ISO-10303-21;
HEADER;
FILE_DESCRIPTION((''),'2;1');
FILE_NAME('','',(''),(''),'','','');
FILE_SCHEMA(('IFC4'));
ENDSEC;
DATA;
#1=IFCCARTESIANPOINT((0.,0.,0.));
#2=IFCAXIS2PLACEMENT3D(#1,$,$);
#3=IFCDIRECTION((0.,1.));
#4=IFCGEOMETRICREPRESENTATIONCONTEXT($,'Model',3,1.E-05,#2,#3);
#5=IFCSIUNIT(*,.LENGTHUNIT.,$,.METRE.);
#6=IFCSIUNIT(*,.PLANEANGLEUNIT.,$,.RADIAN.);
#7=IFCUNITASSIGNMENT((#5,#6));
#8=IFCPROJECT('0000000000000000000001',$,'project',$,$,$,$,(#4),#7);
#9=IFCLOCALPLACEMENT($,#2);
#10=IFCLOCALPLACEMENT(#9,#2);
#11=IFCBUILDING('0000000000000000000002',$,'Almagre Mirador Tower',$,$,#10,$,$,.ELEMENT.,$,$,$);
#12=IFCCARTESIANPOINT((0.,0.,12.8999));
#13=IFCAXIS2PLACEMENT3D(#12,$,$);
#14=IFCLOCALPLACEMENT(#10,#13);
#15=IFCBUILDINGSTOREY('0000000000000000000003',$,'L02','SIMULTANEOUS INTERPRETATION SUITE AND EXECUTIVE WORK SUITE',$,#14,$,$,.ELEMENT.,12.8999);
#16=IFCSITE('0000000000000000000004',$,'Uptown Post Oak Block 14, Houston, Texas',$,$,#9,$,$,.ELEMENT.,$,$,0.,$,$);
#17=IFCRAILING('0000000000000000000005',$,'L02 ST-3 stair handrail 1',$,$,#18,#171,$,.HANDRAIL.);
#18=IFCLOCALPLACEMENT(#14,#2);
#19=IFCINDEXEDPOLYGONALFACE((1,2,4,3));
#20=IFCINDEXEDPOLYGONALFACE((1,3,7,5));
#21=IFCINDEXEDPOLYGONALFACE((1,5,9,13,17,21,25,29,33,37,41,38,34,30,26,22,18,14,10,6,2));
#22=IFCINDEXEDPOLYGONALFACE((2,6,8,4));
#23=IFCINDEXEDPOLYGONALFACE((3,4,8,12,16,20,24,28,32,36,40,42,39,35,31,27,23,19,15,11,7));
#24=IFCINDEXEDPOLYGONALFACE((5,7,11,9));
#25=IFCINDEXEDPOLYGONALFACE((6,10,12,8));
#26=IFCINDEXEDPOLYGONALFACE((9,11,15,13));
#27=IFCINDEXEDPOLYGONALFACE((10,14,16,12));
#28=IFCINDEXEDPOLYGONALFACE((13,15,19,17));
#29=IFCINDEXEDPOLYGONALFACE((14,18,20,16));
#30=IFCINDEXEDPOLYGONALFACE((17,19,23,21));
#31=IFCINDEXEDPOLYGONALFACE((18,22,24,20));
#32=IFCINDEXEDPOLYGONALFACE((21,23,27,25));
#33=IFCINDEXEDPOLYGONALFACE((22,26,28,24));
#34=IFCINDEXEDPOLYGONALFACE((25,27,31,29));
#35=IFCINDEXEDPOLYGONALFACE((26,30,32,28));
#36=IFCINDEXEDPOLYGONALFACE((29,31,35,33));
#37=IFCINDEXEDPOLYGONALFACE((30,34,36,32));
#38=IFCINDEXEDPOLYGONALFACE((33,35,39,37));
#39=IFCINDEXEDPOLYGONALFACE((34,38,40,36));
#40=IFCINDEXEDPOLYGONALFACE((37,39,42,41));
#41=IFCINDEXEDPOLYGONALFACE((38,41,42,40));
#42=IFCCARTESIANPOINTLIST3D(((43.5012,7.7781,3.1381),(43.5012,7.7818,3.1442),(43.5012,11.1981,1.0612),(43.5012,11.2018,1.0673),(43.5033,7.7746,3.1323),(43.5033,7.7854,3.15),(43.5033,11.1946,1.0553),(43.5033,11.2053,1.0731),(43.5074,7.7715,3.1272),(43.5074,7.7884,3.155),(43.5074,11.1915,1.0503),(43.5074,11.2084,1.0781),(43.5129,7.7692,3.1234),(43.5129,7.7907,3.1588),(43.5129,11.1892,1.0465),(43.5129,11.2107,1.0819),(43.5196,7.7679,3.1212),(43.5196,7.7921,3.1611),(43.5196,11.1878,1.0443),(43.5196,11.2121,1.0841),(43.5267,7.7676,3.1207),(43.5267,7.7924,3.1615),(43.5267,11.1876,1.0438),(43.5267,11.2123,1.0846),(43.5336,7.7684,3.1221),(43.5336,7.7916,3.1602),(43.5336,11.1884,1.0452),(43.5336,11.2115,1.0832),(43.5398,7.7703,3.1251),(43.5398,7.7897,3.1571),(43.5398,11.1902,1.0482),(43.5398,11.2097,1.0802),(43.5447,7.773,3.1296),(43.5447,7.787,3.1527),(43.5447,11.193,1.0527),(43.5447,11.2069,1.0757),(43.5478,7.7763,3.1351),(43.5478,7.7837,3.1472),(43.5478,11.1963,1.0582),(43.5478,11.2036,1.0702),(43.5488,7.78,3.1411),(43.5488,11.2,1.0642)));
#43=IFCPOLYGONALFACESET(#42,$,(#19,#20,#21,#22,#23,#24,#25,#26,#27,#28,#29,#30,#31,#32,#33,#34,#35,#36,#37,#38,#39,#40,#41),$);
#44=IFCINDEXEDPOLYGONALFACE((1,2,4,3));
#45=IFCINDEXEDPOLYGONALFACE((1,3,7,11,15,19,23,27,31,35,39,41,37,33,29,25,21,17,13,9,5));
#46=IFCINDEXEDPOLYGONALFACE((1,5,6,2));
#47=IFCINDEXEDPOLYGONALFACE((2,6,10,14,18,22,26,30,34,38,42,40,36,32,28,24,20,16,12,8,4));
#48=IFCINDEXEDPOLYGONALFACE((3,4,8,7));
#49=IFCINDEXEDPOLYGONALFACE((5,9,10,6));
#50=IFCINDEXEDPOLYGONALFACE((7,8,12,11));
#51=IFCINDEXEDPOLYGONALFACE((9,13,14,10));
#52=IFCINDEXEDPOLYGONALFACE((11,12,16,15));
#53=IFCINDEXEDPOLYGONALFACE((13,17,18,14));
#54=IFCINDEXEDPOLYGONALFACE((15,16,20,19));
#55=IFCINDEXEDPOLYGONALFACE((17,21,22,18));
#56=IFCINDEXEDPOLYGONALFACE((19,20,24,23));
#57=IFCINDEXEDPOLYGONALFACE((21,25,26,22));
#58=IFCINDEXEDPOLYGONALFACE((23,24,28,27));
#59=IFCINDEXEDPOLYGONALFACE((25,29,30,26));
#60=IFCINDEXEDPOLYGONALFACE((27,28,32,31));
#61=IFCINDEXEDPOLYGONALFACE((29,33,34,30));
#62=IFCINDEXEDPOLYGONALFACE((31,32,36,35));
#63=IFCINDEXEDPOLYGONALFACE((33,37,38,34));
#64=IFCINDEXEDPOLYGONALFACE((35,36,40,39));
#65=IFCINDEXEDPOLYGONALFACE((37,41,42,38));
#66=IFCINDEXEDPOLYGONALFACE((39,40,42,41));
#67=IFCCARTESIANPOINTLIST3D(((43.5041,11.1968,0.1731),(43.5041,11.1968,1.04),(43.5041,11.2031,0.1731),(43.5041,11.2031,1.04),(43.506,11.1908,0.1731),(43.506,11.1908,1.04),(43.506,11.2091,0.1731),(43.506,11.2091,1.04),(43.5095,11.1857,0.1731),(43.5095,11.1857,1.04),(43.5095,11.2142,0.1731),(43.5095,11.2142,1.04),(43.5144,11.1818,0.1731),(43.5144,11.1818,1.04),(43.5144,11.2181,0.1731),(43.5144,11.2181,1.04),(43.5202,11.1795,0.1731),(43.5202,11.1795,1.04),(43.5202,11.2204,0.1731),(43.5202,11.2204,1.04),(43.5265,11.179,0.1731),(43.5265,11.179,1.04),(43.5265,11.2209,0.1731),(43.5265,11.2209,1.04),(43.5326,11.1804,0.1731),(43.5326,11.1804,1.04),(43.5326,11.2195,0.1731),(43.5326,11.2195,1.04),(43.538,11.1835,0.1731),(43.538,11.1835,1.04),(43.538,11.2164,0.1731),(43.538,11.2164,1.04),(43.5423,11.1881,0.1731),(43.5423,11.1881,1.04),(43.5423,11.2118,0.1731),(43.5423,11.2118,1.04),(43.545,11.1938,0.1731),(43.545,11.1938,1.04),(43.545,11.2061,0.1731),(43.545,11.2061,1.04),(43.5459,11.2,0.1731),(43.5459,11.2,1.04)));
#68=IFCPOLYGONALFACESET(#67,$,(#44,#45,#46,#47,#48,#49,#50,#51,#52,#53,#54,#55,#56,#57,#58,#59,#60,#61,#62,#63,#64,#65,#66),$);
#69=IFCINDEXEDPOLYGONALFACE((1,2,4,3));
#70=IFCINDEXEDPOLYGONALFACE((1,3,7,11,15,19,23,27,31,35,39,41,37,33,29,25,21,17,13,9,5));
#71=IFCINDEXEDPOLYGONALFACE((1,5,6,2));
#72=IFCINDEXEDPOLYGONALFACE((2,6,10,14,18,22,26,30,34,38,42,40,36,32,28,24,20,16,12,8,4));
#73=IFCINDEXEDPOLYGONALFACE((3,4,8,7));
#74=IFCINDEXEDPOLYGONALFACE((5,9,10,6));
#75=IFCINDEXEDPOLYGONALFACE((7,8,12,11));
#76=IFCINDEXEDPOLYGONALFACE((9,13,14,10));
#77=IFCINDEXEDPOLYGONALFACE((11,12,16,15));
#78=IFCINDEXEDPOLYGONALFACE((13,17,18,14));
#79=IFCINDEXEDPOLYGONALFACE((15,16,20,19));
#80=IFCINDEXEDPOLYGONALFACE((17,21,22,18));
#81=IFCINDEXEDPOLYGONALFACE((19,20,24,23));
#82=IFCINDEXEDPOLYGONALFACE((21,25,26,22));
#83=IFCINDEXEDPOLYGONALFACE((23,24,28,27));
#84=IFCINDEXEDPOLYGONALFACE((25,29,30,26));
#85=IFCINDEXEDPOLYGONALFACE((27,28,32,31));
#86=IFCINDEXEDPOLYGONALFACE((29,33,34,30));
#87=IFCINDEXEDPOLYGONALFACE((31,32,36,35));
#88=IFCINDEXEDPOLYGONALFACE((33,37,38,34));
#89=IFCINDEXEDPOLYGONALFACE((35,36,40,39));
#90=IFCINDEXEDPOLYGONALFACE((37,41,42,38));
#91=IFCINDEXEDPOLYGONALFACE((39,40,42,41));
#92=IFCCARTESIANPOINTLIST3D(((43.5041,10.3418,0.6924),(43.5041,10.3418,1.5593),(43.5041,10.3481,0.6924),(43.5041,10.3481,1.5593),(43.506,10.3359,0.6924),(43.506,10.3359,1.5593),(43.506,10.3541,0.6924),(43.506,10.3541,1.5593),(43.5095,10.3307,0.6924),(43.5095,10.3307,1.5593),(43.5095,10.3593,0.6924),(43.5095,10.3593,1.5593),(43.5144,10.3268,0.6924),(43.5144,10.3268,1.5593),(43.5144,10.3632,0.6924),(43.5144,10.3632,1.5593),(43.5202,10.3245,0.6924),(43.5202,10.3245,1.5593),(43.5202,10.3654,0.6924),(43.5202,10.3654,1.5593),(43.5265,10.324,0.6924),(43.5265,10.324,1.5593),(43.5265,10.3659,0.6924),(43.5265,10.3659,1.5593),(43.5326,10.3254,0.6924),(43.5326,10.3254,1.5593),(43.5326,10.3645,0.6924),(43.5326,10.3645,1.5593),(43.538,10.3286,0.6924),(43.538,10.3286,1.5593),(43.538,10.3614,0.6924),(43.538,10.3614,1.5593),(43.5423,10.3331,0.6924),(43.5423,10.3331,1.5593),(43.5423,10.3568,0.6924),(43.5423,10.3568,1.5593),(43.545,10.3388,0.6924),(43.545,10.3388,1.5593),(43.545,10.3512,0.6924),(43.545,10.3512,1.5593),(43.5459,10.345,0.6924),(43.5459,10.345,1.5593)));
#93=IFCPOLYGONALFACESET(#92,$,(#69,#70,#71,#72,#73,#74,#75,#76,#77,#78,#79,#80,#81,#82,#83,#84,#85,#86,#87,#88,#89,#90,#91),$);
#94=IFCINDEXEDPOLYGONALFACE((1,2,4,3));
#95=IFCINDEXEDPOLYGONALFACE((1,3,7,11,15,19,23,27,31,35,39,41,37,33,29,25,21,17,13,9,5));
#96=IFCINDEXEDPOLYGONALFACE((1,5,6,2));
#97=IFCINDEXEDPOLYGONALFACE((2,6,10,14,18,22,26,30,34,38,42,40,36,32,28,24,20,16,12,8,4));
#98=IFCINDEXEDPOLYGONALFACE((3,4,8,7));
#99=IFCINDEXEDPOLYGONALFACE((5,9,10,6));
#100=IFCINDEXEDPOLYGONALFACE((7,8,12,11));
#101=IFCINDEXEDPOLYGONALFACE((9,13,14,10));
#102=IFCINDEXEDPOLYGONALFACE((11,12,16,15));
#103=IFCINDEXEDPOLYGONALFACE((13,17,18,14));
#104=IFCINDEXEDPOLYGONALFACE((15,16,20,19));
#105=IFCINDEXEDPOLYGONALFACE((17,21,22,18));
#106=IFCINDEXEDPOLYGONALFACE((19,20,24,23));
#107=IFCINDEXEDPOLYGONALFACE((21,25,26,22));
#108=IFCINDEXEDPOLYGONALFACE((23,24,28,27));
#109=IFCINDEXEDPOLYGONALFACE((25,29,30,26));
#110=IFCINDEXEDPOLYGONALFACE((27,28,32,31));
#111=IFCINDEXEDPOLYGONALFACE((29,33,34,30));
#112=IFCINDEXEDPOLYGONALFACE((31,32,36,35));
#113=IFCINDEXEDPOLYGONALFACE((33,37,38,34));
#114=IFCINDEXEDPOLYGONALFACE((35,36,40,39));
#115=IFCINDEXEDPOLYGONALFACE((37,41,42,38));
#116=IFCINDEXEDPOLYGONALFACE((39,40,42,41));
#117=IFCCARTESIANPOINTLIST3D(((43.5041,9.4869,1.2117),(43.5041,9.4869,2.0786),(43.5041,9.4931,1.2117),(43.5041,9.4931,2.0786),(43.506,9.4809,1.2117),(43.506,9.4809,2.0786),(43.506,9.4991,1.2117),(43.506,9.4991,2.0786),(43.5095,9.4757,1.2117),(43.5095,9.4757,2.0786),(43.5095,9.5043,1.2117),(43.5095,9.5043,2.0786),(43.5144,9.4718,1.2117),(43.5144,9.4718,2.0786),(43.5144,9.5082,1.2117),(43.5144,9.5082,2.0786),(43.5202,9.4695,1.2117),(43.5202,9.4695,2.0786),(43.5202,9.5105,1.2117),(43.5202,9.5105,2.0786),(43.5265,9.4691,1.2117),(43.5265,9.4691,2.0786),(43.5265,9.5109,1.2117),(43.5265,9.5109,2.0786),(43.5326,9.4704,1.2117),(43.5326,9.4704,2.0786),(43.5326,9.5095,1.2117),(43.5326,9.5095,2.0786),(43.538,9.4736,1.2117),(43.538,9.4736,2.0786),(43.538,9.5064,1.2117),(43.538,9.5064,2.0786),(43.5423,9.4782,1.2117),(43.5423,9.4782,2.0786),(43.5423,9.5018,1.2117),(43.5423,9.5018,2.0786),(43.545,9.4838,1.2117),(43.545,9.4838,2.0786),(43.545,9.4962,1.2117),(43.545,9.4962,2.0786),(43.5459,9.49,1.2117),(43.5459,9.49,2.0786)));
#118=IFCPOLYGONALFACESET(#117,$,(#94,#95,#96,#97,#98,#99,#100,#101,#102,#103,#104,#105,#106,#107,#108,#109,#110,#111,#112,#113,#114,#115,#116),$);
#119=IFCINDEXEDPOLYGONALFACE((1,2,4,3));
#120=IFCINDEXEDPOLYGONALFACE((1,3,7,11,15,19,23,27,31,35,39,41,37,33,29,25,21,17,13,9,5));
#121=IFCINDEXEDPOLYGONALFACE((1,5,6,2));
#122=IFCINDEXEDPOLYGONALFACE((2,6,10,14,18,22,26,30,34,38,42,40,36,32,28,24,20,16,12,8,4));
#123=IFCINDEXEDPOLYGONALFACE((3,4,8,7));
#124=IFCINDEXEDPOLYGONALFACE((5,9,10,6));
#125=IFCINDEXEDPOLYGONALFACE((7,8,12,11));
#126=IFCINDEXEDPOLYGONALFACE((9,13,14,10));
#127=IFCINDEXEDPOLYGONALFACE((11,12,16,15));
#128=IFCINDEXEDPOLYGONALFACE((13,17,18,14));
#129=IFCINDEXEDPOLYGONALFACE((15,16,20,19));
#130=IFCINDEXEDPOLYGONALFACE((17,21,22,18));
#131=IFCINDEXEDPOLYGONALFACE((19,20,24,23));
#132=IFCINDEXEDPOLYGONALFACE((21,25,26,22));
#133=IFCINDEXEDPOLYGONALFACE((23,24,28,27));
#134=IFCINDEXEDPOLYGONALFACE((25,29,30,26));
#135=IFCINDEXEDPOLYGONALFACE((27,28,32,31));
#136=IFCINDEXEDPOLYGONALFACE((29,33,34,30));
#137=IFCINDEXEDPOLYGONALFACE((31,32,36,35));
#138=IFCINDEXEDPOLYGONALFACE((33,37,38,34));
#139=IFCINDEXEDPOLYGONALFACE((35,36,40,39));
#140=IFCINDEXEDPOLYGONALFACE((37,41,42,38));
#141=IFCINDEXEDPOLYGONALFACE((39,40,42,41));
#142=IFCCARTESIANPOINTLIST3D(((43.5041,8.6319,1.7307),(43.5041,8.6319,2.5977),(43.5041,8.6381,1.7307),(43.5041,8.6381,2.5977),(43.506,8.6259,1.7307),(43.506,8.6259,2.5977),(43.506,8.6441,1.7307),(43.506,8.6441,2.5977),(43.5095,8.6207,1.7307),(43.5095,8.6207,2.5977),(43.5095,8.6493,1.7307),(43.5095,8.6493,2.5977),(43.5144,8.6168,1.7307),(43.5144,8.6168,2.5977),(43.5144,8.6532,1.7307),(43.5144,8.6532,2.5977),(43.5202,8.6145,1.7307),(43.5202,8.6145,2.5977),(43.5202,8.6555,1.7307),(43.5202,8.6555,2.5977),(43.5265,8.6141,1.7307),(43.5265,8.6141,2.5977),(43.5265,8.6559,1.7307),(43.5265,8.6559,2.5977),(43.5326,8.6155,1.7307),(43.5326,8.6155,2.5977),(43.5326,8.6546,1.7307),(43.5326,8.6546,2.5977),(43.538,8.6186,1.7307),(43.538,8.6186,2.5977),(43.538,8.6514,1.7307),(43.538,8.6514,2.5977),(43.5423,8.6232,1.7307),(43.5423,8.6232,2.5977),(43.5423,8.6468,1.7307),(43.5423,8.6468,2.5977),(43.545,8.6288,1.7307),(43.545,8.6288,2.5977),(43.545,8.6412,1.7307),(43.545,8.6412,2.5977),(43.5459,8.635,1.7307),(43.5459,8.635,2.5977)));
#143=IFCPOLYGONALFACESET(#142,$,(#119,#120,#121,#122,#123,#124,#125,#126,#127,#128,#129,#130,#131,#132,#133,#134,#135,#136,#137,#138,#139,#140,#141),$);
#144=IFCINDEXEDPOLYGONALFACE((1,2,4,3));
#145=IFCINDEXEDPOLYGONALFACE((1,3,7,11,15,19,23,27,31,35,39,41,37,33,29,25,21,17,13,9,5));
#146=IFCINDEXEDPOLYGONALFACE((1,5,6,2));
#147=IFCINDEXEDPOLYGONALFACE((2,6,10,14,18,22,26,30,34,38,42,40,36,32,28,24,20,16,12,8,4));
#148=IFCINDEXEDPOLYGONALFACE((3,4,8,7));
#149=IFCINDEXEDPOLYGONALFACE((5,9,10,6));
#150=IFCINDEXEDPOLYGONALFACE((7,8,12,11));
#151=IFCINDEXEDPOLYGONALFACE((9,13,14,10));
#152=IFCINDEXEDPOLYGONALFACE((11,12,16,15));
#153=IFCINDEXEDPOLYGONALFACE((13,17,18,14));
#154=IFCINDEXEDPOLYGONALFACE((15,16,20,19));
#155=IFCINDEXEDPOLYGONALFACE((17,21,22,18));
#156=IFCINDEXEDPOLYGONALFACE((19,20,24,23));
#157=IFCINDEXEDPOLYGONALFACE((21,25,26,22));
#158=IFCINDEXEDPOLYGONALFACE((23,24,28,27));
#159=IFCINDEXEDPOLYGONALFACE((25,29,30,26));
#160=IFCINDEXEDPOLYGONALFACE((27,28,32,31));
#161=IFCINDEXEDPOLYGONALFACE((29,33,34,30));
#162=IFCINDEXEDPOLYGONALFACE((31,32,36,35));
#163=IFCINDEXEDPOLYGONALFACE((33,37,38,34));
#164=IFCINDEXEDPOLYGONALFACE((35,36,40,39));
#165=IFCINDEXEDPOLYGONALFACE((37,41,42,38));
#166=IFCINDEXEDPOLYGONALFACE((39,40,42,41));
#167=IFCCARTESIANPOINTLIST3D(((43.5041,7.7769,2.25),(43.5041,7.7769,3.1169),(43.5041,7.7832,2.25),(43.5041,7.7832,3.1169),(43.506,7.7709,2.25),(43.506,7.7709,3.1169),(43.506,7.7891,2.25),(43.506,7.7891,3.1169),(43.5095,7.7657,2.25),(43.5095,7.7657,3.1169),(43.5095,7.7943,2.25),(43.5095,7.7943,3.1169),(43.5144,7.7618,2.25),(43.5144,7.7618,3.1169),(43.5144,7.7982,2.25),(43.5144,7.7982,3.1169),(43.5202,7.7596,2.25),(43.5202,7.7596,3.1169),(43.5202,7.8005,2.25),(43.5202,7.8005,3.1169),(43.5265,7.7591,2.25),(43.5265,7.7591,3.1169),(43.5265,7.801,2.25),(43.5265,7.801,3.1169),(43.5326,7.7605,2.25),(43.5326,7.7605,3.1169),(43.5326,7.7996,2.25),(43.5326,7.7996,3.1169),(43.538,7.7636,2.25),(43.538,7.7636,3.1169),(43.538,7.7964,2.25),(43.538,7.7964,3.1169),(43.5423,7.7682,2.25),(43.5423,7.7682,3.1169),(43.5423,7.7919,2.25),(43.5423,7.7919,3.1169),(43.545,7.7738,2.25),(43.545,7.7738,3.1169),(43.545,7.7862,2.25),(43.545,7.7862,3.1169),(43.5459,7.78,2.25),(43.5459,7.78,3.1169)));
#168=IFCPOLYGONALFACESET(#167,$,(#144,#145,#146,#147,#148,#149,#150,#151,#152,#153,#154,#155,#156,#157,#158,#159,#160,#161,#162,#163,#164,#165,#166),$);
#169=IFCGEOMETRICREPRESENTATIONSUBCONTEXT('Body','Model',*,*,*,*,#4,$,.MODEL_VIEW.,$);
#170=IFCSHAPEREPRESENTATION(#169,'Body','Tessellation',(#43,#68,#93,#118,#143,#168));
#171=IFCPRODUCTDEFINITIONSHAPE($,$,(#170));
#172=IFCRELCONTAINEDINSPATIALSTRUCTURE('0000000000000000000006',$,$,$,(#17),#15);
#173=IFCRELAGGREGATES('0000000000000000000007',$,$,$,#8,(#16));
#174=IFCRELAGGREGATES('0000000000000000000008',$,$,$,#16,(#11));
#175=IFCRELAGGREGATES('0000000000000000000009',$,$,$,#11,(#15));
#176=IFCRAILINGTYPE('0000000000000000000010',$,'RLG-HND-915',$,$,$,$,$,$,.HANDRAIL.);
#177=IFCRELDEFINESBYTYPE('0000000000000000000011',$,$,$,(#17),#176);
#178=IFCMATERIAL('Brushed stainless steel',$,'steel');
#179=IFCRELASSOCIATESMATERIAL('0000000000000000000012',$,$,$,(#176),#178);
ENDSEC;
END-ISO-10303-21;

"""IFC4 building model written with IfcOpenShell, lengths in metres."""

from ifc_helpers import new_model, si_unit, direction, frame, origin, origin_2d, place, context, subcontext, project, spatial, circle, extrude, material, type_object, element, save


model = new_model("IFC4")

# Units and contexts
model_context = context("Model", 3, precision=1e-05, world=origin(), true_north=direction((0.0, 1.0)))
body_context = subcontext(model_context, "Body", "Model", "MODEL_VIEW")
ifc_project = project(units=[si_unit("LENGTHUNIT", "METRE"), si_unit("PLANEANGLEUNIT", "RADIAN")], contexts=[model_context])

# Site, building, storey
site_placement = place(None, origin())
site = spatial("IfcSite", under=ifc_project, at=site_placement, Name="Uptown Post Oak Block 14, Houston, Texas", CompositionType="ELEMENT", RefElevation=0.0)
building_placement = place(site_placement, origin())
building = spatial("IfcBuilding", under=site, at=building_placement, Name="Almagre Mirador Tower", CompositionType="ELEMENT")
storey_placement = place(building_placement, frame((0.0, 0.0, 12.8999)))
storey = spatial("IfcBuildingStorey", under=building, at=storey_placement, Name="L02", Description="SIMULTANEOUS INTERPRETATION SUITE AND EXECUTIVE WORK SUITE", CompositionType="ELEMENT", Elevation=12.8999)

# Railing
ifc_material_1 = material(Name="Brushed stainless steel", Category="steel")
railing_type_1 = type_object("IfcRailingType", Name="RLG-HND-915", PredefinedType="HANDRAIL", material=ifc_material_1)
railing_1_placement = place(storey_placement, frame((43.5249, 11.2, 0.1731)))
element("IfcRailing", 1, at=railing_1_placement, inside=storey, type_object=railing_type_1, Name="L02 ST-3 stair handrail 1", PredefinedType="HANDRAIL", context=body_context, shape_type="SweptSolid", body=[
    extrude(circle(Radius=0.0239, at=origin_2d()), frame((0.0, 0.0, 0.8911), z_axis=(0.0, -0.85473, 0.519074), x_axis=(1.0, 0.0, 0.0)), (0.0, 0.0, 1.0), 4.0012),
    extrude(circle(Radius=0.021, at=origin_2d()), origin(), (0.0, 0.0, 1.0), 0.8669),
    extrude(circle(Radius=0.021, at=origin_2d()), frame((0.0, -0.855, 0.5193)), (0.0, 0.0, 1.0), 0.8669),
    extrude(circle(Radius=0.021, at=origin_2d()), frame((0.0, -1.71, 1.0386)), (0.0, 0.0, 1.0), 0.8669),
    extrude(circle(Radius=0.021, at=origin_2d()), frame((0.0, -2.5649, 1.5576)), (0.0, 0.0, 1.0), 0.8669),
    extrude(circle(Radius=0.021, at=origin_2d()), frame((0.0, -3.4199, 2.0769)), (0.0, 0.0, 1.0), 0.8669),
])

save(model, "model.ifc")
